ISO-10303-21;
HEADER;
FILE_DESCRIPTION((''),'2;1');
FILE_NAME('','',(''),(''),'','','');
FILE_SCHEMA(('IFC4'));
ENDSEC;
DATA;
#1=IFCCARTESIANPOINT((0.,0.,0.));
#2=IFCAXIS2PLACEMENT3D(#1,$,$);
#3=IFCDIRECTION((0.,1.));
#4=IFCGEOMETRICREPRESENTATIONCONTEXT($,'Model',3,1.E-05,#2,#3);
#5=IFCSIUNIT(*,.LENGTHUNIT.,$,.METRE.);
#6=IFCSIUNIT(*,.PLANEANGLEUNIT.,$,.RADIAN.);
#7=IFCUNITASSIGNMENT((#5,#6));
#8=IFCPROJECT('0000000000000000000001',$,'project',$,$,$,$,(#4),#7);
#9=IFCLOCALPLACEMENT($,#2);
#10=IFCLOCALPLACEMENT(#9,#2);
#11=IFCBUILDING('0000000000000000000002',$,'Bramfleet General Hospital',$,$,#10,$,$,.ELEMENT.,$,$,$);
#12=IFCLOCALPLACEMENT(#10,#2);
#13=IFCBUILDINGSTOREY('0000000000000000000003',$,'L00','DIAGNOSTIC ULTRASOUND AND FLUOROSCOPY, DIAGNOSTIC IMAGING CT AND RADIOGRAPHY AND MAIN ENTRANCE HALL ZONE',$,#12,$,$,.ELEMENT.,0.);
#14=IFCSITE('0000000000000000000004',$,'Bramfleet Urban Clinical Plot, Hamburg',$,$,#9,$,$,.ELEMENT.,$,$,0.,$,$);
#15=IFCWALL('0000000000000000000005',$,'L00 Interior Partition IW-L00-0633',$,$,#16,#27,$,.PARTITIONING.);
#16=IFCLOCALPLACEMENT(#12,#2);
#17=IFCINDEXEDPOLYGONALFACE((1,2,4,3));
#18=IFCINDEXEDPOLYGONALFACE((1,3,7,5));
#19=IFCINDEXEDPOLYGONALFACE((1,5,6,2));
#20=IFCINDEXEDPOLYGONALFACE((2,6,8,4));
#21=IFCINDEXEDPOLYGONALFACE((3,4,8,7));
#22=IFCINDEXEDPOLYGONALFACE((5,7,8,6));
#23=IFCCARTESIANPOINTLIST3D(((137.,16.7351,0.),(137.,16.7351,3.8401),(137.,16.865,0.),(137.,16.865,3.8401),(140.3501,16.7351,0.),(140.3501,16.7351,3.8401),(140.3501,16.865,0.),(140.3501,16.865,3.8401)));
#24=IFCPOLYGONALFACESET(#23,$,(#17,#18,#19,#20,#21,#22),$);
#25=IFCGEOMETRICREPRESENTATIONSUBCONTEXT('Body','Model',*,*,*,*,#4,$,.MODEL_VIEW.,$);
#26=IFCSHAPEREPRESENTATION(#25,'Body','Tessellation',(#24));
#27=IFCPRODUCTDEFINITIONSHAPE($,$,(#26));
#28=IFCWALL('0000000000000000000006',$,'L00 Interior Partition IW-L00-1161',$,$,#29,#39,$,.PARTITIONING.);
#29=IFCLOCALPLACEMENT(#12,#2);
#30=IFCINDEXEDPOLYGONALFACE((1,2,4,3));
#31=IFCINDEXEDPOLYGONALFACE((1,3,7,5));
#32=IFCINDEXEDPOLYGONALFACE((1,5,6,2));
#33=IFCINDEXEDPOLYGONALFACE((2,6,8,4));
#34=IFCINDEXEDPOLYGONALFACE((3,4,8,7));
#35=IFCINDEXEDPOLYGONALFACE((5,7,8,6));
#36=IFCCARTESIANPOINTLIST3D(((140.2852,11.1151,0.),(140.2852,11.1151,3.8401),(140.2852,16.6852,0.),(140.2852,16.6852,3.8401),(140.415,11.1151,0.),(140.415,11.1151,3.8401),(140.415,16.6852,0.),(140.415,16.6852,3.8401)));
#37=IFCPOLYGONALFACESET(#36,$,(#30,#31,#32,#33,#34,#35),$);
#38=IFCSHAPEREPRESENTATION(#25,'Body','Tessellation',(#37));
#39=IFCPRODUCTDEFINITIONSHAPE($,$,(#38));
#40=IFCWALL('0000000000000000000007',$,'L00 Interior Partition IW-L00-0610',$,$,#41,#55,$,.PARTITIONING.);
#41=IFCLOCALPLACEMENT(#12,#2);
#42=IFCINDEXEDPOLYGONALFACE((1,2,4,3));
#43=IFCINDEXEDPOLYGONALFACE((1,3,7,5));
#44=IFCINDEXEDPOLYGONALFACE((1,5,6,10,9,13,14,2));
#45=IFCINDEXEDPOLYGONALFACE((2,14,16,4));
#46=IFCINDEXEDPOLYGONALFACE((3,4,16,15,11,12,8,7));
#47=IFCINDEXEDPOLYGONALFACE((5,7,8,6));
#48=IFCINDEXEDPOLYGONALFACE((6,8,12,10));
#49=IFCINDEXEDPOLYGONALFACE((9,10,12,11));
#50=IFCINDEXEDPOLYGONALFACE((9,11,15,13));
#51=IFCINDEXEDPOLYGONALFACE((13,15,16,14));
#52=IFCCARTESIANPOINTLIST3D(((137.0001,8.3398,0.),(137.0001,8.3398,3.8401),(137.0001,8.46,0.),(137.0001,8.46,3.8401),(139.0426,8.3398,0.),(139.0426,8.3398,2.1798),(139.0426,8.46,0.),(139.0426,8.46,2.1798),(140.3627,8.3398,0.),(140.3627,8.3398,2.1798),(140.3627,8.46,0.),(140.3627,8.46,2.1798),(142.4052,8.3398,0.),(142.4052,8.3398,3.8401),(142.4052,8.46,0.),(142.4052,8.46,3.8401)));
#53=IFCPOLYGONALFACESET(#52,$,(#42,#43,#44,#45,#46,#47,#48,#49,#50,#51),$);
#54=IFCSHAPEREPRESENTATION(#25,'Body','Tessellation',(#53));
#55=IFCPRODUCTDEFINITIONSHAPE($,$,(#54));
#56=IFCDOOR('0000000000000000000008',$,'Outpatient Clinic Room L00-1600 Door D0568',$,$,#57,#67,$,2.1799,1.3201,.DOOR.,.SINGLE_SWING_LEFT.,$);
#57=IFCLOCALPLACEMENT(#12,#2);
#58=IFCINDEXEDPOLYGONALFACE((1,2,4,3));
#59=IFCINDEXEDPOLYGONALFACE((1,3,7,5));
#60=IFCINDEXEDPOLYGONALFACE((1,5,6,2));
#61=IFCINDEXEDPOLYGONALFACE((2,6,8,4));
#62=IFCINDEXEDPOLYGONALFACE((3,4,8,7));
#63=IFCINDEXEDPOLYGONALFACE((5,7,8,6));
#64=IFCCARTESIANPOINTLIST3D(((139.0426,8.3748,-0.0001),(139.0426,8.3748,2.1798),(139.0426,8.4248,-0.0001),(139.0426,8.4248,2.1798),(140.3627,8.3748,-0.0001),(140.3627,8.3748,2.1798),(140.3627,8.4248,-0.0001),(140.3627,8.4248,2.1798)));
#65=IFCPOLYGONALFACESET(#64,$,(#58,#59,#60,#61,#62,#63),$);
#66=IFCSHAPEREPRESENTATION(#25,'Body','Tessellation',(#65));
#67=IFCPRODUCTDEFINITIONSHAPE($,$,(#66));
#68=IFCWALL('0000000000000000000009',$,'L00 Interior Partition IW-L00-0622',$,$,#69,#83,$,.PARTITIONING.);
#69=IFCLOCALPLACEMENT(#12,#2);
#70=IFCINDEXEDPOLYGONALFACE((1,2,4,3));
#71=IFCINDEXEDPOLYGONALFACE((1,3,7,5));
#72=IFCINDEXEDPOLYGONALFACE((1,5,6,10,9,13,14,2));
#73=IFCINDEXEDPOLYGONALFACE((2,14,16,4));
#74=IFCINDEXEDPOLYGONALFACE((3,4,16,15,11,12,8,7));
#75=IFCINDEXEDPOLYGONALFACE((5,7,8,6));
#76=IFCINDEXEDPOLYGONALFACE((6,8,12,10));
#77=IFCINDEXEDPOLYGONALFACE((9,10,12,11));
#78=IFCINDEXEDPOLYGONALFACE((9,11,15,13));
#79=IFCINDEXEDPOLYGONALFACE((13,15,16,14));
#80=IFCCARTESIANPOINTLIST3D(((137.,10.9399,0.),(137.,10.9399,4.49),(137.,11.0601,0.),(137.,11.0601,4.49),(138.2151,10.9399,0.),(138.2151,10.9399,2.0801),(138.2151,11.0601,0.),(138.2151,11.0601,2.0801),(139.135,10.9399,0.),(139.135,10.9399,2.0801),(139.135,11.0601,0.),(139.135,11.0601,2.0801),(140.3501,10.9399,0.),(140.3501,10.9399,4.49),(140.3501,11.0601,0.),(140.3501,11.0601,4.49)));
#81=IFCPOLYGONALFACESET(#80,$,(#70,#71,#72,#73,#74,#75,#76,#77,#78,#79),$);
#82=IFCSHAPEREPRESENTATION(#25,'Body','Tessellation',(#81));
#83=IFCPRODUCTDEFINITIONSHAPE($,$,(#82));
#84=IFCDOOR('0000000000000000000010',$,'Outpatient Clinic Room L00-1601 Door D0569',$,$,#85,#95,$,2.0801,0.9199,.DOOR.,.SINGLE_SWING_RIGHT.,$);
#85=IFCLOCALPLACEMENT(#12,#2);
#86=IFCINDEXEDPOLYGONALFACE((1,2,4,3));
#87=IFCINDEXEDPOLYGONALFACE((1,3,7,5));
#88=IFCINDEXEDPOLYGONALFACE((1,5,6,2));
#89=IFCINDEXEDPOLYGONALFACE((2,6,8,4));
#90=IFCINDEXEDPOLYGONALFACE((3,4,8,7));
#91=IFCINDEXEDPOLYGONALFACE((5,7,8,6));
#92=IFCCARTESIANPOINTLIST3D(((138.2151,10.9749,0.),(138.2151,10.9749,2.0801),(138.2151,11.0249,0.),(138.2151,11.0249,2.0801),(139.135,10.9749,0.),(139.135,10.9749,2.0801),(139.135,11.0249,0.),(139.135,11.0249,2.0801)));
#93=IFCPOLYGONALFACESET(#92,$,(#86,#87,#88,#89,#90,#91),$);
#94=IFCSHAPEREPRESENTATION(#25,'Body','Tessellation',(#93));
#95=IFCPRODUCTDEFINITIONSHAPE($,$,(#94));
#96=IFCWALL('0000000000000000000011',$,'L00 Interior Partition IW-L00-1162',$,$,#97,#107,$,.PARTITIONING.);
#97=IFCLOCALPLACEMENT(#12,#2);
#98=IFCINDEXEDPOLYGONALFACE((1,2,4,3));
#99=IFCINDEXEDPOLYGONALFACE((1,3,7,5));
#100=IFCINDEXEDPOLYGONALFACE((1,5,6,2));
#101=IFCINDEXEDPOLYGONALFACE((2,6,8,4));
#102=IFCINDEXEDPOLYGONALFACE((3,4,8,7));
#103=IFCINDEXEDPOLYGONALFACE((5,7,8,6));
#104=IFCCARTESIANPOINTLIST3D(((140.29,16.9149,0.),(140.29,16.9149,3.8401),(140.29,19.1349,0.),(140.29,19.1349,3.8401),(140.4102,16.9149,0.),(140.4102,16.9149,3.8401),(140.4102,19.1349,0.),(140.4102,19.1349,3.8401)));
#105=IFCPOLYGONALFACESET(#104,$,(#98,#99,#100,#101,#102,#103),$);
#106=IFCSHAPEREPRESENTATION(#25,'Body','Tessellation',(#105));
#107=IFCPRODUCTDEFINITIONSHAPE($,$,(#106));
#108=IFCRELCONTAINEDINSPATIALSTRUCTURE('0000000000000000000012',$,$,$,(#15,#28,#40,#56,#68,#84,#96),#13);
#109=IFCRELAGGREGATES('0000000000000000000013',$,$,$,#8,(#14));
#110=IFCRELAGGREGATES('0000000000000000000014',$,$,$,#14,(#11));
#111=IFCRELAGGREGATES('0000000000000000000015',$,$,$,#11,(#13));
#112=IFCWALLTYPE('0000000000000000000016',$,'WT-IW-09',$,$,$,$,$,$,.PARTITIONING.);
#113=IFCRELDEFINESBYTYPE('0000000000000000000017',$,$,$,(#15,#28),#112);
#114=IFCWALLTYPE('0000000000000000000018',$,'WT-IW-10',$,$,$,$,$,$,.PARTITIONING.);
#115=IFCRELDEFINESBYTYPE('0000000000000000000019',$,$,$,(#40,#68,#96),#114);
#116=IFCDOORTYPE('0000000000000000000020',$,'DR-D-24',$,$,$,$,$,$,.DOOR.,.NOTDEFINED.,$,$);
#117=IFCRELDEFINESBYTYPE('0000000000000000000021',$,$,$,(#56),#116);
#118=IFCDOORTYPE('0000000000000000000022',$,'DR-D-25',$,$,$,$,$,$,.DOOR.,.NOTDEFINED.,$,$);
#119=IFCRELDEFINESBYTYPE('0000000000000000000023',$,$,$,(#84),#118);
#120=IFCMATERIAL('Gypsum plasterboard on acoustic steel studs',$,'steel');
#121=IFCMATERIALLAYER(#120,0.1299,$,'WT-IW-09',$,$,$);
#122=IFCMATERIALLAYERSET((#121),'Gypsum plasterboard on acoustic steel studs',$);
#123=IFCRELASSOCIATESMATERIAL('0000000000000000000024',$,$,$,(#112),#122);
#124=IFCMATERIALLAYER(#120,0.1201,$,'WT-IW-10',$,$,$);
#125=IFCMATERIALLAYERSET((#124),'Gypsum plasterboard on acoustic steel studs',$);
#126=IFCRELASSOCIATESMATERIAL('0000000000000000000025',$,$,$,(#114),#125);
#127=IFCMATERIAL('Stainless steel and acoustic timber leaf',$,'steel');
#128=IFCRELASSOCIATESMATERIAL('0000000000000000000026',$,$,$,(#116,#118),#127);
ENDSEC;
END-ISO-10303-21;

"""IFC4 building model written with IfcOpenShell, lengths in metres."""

from ifc_helpers import new_model, si_unit, direction, frame, frame_2d, origin, place, context, subcontext, project, spatial, rectangle, extrude, material, layer, layer_set, type_object, element, fill, save


model = new_model("IFC4")

# Units and contexts
model_context = context("Model", 3, precision=1e-05, world=origin(), true_north=direction((0.0, 1.0)))
body_context = subcontext(model_context, "Body", "Model", "MODEL_VIEW")
ifc_project = project(units=[si_unit("LENGTHUNIT", "METRE"), si_unit("PLANEANGLEUNIT", "RADIAN")], contexts=[model_context])

# Site, building, storey
site_placement = place(None, origin())
site = spatial("IfcSite", under=ifc_project, at=site_placement, Name="Bramfleet Urban Clinical Plot, Hamburg", CompositionType="ELEMENT", RefElevation=0.0)
building_placement = place(site_placement, origin())
building = spatial("IfcBuilding", under=site, at=building_placement, Name="Bramfleet General Hospital", CompositionType="ELEMENT")
storey_placement = place(building_placement, origin())
storey = spatial("IfcBuildingStorey", under=building, at=storey_placement, Name="L00", Description="DIAGNOSTIC ULTRASOUND AND FLUOROSCOPY, DIAGNOSTIC IMAGING CT AND RADIOGRAPHY AND MAIN ENTRANCE HALL ZONE", CompositionType="ELEMENT", Elevation=0.0)

# Walls
ifc_material_1 = material(Name="Gypsum plasterboard on acoustic steel studs", Category="steel")
ifc_layer_1 = layer(ifc_material_1, 0.1299, Name="WT-IW-09")
ifc_layer_set_1 = layer_set([ifc_layer_1], Name="Gypsum plasterboard on acoustic steel studs")
wall_type_1 = type_object("IfcWallType", Name="WT-IW-09", PredefinedType="PARTITIONING", material=ifc_layer_set_1)
wall_1_placement = place(storey_placement, frame((137.0, 16.8, 0.0), z_axis=(0.0, 0.0, 1.0), x_axis=(1.0, 0.0, 0.0)))
element("IfcWall", 1, at=wall_1_placement, inside=storey, type_object=wall_type_1, Name="L00 Interior Partition IW-L00-0633", PredefinedType="PARTITIONING", context=body_context, shape_type="SweptSolid", body=[
    extrude(rectangle(XDim=3.3501, YDim=0.1299, at=frame_2d((1.675, 0.0))), origin(), (0.0, 0.0, 1.0), 3.8401),
])
wall_2_placement = place(storey_placement, frame((140.3501, 11.115, 0.0), z_axis=(0.0, 0.0, 1.0), x_axis=(0.0, 1.0, 0.0)))
element("IfcWall", 2, at=wall_2_placement, inside=storey, type_object=wall_type_1, Name="L00 Interior Partition IW-L00-1161", PredefinedType="PARTITIONING", context=body_context, shape_type="SweptSolid", body=[
    extrude(rectangle(XDim=5.5701, YDim=0.1299, at=frame_2d((2.7852, 0.0))), origin(), (0.0, 0.0, 1.0), 3.8401),
])

# Walls, openings, doors
ifc_layer_2 = layer(ifc_material_1, 0.1201, Name="WT-IW-10")
ifc_layer_set_2 = layer_set([ifc_layer_2], Name="Gypsum plasterboard on acoustic steel studs")
wall_type_2 = type_object("IfcWallType", Name="WT-IW-10", PredefinedType="PARTITIONING", material=ifc_layer_set_2)
wall_3_placement = place(storey_placement, frame((137.0, 8.3999, 0.0), z_axis=(0.0, 0.0, 1.0), x_axis=(1.0, 0.0, 0.0)))
wall_3 = element("IfcWall", 3, at=wall_3_placement, inside=storey, type_object=wall_type_2, Name="L00 Interior Partition IW-L00-0610", PredefinedType="PARTITIONING", context=body_context, shape_type="SweptSolid", body=[
    extrude(rectangle(XDim=5.405, YDim=0.1201, at=frame_2d((2.7026, 0.0))), origin(), (0.0, 0.0, 1.0), 3.8401),
])
opening_1_placement = place(wall_3_placement, frame((2.0425, 0.0, 0.0)))
opening_1 = element("IfcOpeningElement", 4, at=opening_1_placement, cuts=wall_3, PredefinedType="OPENING", context=body_context, shape_type="SweptSolid", body=[
    extrude(rectangle(XDim=1.3201, YDim=2.1799, at=frame_2d((0.6602, 1.0898))), frame((0.0, 0.0701, 0.0), z_axis=(0.0, -1.0, 0.0), x_axis=(1.0, 0.0, 0.0)), (0.0, 0.0, 1.0), 0.1401),
])
ifc_material_2 = material(Name="Stainless steel and acoustic timber leaf", Category="steel")
door_type_1 = type_object("IfcDoorType", Name="DR-D-24", OperationType="NOTDEFINED", PredefinedType="DOOR", material=ifc_material_2)
door_1_placement = place(opening_1_placement, origin())
door_1 = element("IfcDoor", 5, at=door_1_placement, inside=storey, type_object=door_type_1, Name="Outpatient Clinic Room L00-1600 Door D0568", OperationType="SINGLE_SWING_LEFT", OverallHeight=2.1799, OverallWidth=1.3201, PredefinedType="DOOR", context=body_context, shape_type="SweptSolid", body=[
    extrude(rectangle(XDim=1.3201, YDim=2.1799, at=frame_2d((0.6602, 1.0898))), frame((0.0, 0.0249, 0.0), z_axis=(0.0, -1.0, 0.0), x_axis=(1.0, 0.0, 0.0)), (0.0, 0.0, 1.0), 0.05),
])
fill(opening_1, door_1)
wall_4_placement = place(storey_placement, frame((137.0, 11.0, 0.0), z_axis=(0.0, 0.0, 1.0), x_axis=(1.0, 0.0, 0.0)))
wall_4 = element("IfcWall", 6, at=wall_4_placement, inside=storey, type_object=wall_type_2, Name="L00 Interior Partition IW-L00-0622", PredefinedType="PARTITIONING", context=body_context, shape_type="SweptSolid", body=[
    extrude(rectangle(XDim=3.3501, YDim=0.1201, at=frame_2d((1.675, 0.0))), origin(), (0.0, 0.0, 1.0), 4.49),
])
opening_2_placement = place(wall_4_placement, frame((1.2151, 0.0, 0.0)))
opening_2 = element("IfcOpeningElement", 7, at=opening_2_placement, cuts=wall_4, PredefinedType="OPENING", context=body_context, shape_type="SweptSolid", body=[
    extrude(rectangle(XDim=0.9199, YDim=2.0801, at=frame_2d((0.46, 1.04))), frame((0.0, 0.0701, 0.0), z_axis=(0.0, -1.0, 0.0), x_axis=(1.0, 0.0, 0.0)), (0.0, 0.0, 1.0), 0.1401),
])
door_type_2 = type_object("IfcDoorType", Name="DR-D-25", OperationType="NOTDEFINED", PredefinedType="DOOR", material=ifc_material_2)
door_2_placement = place(opening_2_placement, origin())
door_2 = element("IfcDoor", 8, at=door_2_placement, inside=storey, type_object=door_type_2, Name="Outpatient Clinic Room L00-1601 Door D0569", OperationType="SINGLE_SWING_RIGHT", OverallHeight=2.0801, OverallWidth=0.9199, PredefinedType="DOOR", context=body_context, shape_type="SweptSolid", body=[
    extrude(rectangle(XDim=0.9199, YDim=2.0801, at=frame_2d((0.46, 1.04))), frame((0.0, 0.0249, 0.0), z_axis=(0.0, -1.0, 0.0), x_axis=(1.0, 0.0, 0.0)), (0.0, 0.0, 1.0), 0.05),
])
fill(opening_2, door_2)

# Wall
wall_5_placement = place(storey_placement, frame((140.3501, 16.915, 0.0), z_axis=(0.0, 0.0, 1.0), x_axis=(0.0, 1.0, 0.0)))
element("IfcWall", 9, at=wall_5_placement, inside=storey, type_object=wall_type_2, Name="L00 Interior Partition IW-L00-1162", PredefinedType="PARTITIONING", context=body_context, shape_type="SweptSolid", body=[
    extrude(rectangle(XDim=2.22, YDim=0.1201, at=frame_2d((1.1099, 0.0))), origin(), (0.0, 0.0, 1.0), 3.8401),
])

save(model, "model.ifc")
